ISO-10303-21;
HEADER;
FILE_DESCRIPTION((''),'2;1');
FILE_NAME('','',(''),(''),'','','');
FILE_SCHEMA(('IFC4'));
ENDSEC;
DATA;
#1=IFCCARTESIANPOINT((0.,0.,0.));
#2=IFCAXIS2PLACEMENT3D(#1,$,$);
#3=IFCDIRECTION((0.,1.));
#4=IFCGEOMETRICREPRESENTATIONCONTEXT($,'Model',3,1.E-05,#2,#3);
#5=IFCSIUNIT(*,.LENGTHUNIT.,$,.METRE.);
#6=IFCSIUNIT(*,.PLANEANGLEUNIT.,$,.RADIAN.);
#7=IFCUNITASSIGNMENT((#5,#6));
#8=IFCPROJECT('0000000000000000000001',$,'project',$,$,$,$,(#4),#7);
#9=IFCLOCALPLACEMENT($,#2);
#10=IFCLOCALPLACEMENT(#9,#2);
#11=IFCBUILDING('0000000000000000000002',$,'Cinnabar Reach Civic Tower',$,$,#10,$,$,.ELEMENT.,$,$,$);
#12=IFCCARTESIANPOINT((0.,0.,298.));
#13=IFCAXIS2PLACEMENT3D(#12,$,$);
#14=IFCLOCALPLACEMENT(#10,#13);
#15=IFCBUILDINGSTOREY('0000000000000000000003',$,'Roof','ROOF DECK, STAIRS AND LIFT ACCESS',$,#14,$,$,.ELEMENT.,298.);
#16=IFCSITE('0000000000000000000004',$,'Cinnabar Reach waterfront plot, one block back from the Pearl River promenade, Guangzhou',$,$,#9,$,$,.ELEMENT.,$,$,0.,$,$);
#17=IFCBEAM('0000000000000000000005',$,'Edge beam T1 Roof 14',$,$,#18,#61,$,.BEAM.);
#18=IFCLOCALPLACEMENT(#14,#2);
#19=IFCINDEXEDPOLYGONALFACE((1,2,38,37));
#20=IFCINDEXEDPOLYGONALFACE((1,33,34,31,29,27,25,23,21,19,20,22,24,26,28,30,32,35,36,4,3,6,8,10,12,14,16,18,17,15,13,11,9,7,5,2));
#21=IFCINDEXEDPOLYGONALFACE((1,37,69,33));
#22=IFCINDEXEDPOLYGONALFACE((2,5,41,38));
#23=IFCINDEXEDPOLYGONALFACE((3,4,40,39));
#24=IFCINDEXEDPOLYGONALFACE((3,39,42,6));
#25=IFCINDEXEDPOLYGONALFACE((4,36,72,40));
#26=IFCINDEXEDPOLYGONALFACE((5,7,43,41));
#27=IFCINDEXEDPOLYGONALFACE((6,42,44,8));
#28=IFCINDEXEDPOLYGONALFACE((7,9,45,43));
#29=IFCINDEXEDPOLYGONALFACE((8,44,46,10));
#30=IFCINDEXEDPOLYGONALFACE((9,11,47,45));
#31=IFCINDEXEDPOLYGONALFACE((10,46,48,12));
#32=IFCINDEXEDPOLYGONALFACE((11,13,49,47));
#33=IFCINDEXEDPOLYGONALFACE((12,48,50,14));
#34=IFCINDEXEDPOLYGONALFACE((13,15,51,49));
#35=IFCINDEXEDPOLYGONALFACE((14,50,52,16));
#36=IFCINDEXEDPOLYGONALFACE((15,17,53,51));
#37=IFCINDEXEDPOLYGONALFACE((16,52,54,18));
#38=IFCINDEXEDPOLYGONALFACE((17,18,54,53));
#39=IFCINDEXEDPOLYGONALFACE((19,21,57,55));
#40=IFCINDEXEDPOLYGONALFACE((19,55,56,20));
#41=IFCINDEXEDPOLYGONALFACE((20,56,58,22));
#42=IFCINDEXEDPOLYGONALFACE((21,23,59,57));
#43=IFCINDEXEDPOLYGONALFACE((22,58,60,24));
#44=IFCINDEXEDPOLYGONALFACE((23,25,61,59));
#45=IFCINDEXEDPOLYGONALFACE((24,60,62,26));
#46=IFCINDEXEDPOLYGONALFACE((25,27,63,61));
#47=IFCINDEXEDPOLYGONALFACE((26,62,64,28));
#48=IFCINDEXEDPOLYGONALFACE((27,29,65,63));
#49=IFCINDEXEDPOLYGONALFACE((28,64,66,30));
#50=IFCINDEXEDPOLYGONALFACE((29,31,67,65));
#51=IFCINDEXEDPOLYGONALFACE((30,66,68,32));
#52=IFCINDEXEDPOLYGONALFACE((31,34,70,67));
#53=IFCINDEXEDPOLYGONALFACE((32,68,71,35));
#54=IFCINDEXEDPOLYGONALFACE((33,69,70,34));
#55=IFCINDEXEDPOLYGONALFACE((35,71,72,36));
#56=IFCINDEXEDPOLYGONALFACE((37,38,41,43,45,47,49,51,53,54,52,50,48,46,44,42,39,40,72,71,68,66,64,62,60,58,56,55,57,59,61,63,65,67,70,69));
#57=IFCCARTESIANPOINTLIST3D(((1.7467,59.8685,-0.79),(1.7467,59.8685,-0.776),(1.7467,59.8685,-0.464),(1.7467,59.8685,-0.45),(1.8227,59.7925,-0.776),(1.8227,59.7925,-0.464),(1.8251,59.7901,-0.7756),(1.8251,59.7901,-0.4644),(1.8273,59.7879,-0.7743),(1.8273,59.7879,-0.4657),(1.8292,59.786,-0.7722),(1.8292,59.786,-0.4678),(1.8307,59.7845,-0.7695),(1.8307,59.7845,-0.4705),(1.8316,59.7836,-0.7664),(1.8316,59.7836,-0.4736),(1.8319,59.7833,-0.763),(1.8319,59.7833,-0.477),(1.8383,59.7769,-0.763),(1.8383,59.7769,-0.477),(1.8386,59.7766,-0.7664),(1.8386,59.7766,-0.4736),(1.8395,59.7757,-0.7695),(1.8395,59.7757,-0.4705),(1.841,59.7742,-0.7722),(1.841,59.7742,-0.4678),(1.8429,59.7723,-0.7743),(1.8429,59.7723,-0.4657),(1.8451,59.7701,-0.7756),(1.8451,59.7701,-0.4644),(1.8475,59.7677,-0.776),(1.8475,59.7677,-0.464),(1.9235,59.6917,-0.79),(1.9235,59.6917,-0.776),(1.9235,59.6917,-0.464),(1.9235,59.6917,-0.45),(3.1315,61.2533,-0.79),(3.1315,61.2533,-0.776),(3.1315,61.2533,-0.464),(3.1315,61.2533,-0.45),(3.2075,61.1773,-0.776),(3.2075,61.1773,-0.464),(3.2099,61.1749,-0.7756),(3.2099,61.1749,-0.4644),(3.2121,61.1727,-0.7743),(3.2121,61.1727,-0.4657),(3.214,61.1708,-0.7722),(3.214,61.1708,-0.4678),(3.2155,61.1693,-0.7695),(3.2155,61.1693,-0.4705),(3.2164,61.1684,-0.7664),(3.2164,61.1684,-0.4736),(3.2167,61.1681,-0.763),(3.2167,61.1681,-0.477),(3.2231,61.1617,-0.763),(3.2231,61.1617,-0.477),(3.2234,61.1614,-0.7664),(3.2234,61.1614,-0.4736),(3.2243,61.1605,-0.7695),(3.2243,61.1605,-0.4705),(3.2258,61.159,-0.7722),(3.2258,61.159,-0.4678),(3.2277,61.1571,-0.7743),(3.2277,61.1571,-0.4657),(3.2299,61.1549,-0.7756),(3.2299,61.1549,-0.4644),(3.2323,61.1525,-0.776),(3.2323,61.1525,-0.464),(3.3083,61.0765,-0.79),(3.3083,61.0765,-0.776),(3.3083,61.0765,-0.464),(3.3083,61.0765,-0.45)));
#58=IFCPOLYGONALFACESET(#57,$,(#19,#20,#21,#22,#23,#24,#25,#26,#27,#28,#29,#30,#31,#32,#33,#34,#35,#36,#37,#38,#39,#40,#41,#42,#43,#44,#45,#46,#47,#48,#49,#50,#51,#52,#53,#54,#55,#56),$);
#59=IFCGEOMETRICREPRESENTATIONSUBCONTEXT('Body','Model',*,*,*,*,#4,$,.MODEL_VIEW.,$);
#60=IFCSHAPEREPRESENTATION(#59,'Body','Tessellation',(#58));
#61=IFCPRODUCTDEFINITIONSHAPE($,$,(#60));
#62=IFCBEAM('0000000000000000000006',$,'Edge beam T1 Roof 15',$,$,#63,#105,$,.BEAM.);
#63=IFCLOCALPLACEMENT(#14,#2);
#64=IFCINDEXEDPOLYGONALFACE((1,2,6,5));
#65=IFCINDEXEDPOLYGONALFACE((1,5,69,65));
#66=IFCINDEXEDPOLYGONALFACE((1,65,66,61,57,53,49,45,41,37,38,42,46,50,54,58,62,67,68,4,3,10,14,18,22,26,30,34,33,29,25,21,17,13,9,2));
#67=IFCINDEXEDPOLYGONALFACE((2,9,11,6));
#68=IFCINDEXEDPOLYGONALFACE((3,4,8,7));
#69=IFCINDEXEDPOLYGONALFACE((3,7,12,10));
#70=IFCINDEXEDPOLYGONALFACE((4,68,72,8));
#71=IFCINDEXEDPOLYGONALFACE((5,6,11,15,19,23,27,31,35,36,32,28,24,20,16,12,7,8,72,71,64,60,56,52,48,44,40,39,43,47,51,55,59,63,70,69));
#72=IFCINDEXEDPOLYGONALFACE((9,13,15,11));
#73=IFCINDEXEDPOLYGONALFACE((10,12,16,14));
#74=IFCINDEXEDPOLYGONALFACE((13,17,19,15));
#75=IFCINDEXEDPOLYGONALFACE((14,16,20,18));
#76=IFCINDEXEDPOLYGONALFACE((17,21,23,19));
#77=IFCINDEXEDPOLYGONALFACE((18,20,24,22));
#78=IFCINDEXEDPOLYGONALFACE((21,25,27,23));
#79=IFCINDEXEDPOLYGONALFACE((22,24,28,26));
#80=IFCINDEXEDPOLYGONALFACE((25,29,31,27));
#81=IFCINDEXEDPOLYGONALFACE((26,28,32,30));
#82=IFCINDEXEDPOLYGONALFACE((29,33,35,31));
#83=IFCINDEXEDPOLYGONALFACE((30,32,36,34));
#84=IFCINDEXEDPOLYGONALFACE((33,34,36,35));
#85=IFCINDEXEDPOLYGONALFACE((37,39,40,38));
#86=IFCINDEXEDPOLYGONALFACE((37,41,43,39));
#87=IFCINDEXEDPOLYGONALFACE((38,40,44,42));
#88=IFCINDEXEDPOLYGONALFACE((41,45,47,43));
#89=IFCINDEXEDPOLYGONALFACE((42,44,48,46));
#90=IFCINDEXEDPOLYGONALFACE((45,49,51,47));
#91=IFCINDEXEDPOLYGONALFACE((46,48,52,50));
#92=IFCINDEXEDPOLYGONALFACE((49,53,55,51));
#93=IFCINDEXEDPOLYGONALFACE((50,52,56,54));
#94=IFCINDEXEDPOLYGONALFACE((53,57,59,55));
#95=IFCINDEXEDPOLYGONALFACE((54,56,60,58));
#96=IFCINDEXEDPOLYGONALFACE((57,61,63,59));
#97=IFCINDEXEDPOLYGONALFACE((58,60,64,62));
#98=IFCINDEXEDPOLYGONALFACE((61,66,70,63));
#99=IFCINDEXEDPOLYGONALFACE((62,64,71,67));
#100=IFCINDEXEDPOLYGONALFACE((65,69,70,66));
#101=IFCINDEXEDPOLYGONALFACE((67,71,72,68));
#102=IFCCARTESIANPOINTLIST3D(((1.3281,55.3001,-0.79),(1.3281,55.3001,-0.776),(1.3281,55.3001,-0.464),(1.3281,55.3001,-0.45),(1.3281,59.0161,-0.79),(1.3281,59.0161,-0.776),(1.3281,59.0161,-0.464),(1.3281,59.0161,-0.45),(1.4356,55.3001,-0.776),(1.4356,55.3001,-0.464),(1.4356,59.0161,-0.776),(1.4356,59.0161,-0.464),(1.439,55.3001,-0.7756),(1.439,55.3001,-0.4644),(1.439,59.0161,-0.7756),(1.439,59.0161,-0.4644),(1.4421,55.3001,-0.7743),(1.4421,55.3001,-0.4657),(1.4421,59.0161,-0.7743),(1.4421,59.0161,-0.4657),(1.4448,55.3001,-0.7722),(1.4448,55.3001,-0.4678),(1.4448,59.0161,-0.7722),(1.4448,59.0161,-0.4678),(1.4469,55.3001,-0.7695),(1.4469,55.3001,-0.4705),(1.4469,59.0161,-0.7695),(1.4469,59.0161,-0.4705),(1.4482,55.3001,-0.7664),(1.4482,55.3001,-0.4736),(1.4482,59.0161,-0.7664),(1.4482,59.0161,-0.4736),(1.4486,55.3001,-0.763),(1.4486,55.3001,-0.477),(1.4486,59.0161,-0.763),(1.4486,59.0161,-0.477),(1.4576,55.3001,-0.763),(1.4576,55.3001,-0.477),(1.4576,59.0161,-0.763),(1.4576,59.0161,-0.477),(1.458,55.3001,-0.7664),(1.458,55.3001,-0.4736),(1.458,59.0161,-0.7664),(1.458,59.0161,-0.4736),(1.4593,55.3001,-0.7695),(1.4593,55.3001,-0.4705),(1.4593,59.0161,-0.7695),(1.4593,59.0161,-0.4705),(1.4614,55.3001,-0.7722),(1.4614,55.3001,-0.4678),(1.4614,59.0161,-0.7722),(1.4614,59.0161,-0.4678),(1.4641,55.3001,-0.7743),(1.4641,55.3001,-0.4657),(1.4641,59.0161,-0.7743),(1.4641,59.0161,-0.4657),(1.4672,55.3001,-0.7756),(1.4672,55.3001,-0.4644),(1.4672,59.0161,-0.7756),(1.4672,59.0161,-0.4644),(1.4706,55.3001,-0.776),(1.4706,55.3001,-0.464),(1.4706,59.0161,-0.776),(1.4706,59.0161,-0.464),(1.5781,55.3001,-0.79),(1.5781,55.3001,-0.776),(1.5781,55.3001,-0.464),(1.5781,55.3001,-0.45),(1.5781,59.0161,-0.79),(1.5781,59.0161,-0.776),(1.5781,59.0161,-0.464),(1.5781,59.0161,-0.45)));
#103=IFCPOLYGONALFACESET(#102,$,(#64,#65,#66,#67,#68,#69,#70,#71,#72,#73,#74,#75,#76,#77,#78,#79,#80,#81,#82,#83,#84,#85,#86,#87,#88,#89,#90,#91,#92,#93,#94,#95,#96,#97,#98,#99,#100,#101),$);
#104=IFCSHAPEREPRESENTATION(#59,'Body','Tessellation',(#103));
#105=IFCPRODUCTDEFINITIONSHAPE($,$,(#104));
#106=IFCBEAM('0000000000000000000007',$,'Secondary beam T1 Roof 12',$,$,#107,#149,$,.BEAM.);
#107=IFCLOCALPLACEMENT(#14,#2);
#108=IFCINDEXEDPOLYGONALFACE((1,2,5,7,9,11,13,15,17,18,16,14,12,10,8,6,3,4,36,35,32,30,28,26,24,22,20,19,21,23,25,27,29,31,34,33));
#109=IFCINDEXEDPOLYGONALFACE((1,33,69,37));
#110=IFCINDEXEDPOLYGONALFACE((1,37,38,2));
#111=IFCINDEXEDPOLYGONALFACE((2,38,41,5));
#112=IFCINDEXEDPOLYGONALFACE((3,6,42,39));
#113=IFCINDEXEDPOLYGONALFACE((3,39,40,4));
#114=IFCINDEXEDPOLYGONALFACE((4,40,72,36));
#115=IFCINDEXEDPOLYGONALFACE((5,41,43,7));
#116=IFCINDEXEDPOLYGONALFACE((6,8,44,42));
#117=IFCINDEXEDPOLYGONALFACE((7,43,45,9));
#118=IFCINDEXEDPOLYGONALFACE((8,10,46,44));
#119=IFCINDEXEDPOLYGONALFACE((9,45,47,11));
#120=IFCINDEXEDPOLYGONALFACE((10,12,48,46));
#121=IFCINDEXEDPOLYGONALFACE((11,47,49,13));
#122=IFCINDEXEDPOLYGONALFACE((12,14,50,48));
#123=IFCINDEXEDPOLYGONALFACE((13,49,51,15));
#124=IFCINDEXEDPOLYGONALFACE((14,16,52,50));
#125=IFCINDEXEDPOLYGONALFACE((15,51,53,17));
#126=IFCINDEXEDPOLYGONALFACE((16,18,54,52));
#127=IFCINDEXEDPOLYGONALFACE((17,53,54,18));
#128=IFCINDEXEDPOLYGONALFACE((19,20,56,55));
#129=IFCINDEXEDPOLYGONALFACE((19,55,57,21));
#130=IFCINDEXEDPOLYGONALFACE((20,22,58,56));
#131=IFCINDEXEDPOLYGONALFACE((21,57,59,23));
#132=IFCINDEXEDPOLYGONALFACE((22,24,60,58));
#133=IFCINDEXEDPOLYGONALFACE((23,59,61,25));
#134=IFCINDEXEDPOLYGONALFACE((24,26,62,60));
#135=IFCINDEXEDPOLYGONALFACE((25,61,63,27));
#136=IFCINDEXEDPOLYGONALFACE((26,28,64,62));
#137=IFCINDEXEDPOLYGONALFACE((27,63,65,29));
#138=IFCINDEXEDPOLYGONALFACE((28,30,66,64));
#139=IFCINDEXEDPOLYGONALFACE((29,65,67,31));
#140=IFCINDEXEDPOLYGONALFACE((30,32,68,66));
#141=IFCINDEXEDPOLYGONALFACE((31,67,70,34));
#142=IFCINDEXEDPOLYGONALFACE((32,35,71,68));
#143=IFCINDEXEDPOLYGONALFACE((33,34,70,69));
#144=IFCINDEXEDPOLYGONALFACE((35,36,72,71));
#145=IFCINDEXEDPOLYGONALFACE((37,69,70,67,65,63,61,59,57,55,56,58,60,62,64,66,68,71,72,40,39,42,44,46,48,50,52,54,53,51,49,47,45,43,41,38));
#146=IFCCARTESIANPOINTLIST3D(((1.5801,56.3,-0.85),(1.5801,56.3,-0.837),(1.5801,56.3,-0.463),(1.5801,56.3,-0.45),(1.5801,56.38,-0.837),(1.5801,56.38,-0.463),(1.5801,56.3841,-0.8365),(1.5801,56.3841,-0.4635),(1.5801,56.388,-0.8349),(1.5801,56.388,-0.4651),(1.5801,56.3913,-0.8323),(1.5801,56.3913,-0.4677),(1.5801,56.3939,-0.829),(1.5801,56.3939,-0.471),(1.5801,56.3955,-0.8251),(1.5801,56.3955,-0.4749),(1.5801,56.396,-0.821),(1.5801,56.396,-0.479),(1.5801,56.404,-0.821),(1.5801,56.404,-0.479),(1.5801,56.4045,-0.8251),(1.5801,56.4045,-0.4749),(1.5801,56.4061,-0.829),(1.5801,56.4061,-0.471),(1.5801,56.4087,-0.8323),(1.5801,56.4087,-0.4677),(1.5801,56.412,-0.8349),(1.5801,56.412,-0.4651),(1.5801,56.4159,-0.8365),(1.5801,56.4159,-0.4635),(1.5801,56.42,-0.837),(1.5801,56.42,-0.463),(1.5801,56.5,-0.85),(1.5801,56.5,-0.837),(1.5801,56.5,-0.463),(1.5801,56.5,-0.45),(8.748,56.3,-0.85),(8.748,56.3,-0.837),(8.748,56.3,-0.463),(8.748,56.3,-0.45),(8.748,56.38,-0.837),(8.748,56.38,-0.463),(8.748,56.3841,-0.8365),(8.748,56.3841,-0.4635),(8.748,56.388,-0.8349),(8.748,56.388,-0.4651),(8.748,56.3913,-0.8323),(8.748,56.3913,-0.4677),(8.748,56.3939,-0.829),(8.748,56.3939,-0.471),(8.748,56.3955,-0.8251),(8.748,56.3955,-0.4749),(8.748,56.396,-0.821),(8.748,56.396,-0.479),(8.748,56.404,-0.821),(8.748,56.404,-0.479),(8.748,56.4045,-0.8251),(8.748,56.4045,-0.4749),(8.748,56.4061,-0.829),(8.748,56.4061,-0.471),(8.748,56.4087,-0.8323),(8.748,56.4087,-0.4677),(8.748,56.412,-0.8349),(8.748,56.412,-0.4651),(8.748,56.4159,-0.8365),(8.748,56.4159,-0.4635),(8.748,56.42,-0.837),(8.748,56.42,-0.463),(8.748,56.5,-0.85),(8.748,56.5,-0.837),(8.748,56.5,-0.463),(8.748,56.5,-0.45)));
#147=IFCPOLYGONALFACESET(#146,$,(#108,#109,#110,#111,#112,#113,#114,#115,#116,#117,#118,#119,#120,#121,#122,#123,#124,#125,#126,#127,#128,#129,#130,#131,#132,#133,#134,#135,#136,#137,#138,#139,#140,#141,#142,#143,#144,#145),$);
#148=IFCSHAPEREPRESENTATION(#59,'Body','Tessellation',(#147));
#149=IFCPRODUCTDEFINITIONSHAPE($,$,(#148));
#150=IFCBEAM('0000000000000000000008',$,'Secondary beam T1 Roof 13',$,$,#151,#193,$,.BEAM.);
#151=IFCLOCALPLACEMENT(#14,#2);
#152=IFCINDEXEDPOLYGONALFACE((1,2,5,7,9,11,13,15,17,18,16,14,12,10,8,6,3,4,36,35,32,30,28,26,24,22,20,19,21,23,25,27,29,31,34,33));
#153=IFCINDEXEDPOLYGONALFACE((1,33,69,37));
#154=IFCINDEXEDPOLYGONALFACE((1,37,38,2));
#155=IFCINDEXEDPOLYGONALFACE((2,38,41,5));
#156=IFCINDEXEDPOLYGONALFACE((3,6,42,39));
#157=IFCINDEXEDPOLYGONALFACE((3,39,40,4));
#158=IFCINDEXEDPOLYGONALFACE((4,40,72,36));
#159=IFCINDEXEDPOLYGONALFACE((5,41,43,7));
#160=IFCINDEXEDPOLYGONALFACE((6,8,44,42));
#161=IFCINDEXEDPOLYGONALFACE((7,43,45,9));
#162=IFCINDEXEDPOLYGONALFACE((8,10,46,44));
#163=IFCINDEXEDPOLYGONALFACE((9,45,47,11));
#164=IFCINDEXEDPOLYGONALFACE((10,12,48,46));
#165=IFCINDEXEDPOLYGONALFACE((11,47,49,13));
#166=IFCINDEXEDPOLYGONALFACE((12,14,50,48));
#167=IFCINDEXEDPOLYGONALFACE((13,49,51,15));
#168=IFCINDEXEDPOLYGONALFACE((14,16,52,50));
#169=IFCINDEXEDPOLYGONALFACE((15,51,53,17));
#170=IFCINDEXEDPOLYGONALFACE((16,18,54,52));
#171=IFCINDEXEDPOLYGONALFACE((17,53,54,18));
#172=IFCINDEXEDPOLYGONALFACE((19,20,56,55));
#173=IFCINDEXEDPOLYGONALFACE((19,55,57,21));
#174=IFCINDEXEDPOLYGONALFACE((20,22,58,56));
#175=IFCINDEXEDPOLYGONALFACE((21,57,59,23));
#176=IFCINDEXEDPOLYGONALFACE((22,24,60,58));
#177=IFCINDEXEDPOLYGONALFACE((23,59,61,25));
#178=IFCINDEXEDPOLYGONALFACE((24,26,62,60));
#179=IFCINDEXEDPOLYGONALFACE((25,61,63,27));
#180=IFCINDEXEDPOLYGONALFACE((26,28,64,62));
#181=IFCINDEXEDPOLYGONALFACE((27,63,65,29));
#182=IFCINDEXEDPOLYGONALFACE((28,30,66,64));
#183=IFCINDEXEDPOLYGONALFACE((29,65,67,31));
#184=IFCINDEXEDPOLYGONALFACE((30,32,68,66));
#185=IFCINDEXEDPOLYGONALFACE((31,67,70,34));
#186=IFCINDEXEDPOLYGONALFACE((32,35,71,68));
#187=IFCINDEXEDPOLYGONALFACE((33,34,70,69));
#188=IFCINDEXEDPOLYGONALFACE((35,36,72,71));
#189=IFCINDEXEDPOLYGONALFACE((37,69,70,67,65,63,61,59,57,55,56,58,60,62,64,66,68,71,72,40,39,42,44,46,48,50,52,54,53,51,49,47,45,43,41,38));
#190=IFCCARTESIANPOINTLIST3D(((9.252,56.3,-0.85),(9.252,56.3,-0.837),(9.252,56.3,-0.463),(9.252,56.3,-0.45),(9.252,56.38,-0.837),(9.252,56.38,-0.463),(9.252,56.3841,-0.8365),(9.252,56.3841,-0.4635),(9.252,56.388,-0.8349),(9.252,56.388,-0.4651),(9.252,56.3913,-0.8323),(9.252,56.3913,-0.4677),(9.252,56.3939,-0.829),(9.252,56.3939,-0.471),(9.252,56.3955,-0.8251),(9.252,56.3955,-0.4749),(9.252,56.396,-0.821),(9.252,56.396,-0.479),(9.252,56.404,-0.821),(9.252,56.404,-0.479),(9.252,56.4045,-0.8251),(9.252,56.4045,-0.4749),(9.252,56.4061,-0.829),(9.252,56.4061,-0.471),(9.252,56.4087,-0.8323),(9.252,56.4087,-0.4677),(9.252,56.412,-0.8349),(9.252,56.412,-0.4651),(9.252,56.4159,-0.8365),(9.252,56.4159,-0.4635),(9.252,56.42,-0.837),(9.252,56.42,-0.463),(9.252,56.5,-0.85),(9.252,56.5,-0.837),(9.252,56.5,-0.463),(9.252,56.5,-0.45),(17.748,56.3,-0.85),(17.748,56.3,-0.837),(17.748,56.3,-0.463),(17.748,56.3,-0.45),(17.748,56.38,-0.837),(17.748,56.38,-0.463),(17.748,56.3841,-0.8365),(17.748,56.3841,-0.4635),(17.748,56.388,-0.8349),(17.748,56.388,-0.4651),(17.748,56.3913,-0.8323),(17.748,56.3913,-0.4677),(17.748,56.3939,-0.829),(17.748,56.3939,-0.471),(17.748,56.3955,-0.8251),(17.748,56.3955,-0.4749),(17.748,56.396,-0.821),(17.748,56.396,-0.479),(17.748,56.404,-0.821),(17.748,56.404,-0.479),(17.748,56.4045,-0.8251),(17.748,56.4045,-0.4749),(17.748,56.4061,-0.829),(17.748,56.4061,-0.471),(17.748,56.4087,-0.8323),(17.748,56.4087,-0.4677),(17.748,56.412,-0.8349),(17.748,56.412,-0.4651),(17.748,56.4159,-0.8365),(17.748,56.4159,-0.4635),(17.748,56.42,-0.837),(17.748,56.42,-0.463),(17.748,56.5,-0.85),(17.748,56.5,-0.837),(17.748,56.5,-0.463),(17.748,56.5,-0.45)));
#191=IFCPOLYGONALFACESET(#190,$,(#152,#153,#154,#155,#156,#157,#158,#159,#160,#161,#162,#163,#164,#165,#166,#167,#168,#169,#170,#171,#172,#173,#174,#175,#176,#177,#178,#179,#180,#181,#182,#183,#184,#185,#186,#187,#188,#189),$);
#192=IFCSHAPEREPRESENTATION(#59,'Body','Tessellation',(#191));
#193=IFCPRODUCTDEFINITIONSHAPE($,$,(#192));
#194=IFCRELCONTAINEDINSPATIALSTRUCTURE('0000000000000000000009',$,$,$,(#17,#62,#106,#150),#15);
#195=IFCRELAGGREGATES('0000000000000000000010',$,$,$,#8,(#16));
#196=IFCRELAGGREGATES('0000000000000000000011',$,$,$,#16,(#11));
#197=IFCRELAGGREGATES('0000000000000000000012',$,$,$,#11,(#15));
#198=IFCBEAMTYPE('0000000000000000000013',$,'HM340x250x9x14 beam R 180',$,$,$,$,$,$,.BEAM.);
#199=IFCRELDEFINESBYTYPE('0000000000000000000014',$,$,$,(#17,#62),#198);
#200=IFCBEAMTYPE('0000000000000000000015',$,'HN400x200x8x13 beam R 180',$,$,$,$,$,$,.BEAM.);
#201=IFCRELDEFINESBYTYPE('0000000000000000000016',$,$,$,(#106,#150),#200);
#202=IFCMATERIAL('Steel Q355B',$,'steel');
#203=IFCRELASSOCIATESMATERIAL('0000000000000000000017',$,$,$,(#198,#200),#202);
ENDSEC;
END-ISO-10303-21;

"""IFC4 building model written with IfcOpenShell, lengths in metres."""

from ifc_helpers import new_model, si_unit, direction, frame, origin, origin_2d, place, context, subcontext, project, spatial, i_section, extrude, material, material_profile, profile_set, type_object, element, save


model = new_model("IFC4")

# Units and contexts
model_context = context("Model", 3, precision=1e-05, world=origin(), true_north=direction((0.0, 1.0)))
body_context = subcontext(model_context, "Body", "Model", "MODEL_VIEW")
ifc_project = project(units=[si_unit("LENGTHUNIT", "METRE"), si_unit("PLANEANGLEUNIT", "RADIAN")], contexts=[model_context])

# Site, building, storey
site_placement = place(None, origin())
site = spatial("IfcSite", under=ifc_project, at=site_placement, Name="Cinnabar Reach waterfront plot, one block back from the Pearl River promenade, Guangzhou", CompositionType="ELEMENT", RefElevation=0.0)
building_placement = place(site_placement, origin())
building = spatial("IfcBuilding", under=site, at=building_placement, Name="Cinnabar Reach Civic Tower", CompositionType="ELEMENT")
storey_placement = place(building_placement, frame((0.0, 0.0, 298.0)))
storey = spatial("IfcBuildingStorey", under=building, at=storey_placement, Name="Roof", Description="ROOF DECK, STAIRS AND LIFT ACCESS", CompositionType="ELEMENT", Elevation=298.0)

# Shared definitions
ifc_material_1 = material(Name="Steel Q355B", Category="steel")

# Beams
ifc_material_profile_1 = material_profile(ifc_material_1, i_section(OverallWidth=0.25, OverallDepth=0.34, WebThickness=0.009, FlangeThickness=0.014, FilletRadius=0.013, at=origin_2d()), Name="HM340x250x9x14")
ifc_profile_set_1 = profile_set([ifc_material_profile_1], Name="Steel Q355B")
beam_type_1 = type_object("IfcBeamType", Name="HM340x250x9x14 beam R 180", PredefinedType="BEAM", material=ifc_profile_set_1)
beam_1_placement = place(storey_placement, frame((3.2199, 61.1649, -0.62), z_axis=(-0.707107, -0.707107, 0.0), x_axis=(0.707107, -0.707107, 0.0)))
element("IfcBeam", 1, at=beam_1_placement, inside=storey, type_object=beam_type_1, Name="Edge beam T1 Roof 14", PredefinedType="BEAM", context=body_context, shape_type="SweptSolid", body=[
    extrude(i_section(OverallWidth=0.25, OverallDepth=0.34, WebThickness=0.009, FlangeThickness=0.014, FilletRadius=0.013, at=origin_2d()), origin(), (0.0, 0.0, 1.0), 1.9584),
])
beam_2_placement = place(storey_placement, frame((1.4531, 59.0161, -0.62), z_axis=(0.0, -1.0, 0.0), x_axis=(1.0, 0.0, 0.0)))
element("IfcBeam", 2, at=beam_2_placement, inside=storey, type_object=beam_type_1, Name="Edge beam T1 Roof 15", PredefinedType="BEAM", context=body_context, shape_type="SweptSolid", body=[
    extrude(i_section(OverallWidth=0.25, OverallDepth=0.34, WebThickness=0.009, FlangeThickness=0.014, FilletRadius=0.013, at=origin_2d()), origin(), (0.0, 0.0, 1.0), 3.716),
])
ifc_material_profile_2 = material_profile(ifc_material_1, i_section(OverallWidth=0.2, OverallDepth=0.4, WebThickness=0.008, FlangeThickness=0.013, FilletRadius=0.016, at=origin_2d()), Name="HN400x200x8x13")
ifc_profile_set_2 = profile_set([ifc_material_profile_2], Name="Steel Q355B")
beam_type_2 = type_object("IfcBeamType", Name="HN400x200x8x13 beam R 180", PredefinedType="BEAM", material=ifc_profile_set_2)
beam_3_placement = place(storey_placement, frame((1.5801, 56.4, -0.65), z_axis=(1.0, 0.0, 0.0), x_axis=(0.0, 1.0, 0.0)))
element("IfcBeam", 3, at=beam_3_placement, inside=storey, type_object=beam_type_2, Name="Secondary beam T1 Roof 12", PredefinedType="BEAM", context=body_context, shape_type="SweptSolid", body=[
    extrude(i_section(OverallWidth=0.2, OverallDepth=0.4, WebThickness=0.008, FlangeThickness=0.013, FilletRadius=0.016, at=origin_2d()), origin(), (0.0, 0.0, 1.0), 7.1679),
])
beam_4_placement = place(storey_placement, frame((9.252, 56.4, -0.65), z_axis=(1.0, 0.0, 0.0), x_axis=(0.0, 1.0, 0.0)))
element("IfcBeam", 4, at=beam_4_placement, inside=storey, type_object=beam_type_2, Name="Secondary beam T1 Roof 13", PredefinedType="BEAM", context=body_context, shape_type="SweptSolid", body=[
    extrude(i_section(OverallWidth=0.2, OverallDepth=0.4, WebThickness=0.008, FlangeThickness=0.013, FilletRadius=0.016, at=origin_2d()), origin(), (0.0, 0.0, 1.0), 8.496),
])

save(model, "model.ifc")
